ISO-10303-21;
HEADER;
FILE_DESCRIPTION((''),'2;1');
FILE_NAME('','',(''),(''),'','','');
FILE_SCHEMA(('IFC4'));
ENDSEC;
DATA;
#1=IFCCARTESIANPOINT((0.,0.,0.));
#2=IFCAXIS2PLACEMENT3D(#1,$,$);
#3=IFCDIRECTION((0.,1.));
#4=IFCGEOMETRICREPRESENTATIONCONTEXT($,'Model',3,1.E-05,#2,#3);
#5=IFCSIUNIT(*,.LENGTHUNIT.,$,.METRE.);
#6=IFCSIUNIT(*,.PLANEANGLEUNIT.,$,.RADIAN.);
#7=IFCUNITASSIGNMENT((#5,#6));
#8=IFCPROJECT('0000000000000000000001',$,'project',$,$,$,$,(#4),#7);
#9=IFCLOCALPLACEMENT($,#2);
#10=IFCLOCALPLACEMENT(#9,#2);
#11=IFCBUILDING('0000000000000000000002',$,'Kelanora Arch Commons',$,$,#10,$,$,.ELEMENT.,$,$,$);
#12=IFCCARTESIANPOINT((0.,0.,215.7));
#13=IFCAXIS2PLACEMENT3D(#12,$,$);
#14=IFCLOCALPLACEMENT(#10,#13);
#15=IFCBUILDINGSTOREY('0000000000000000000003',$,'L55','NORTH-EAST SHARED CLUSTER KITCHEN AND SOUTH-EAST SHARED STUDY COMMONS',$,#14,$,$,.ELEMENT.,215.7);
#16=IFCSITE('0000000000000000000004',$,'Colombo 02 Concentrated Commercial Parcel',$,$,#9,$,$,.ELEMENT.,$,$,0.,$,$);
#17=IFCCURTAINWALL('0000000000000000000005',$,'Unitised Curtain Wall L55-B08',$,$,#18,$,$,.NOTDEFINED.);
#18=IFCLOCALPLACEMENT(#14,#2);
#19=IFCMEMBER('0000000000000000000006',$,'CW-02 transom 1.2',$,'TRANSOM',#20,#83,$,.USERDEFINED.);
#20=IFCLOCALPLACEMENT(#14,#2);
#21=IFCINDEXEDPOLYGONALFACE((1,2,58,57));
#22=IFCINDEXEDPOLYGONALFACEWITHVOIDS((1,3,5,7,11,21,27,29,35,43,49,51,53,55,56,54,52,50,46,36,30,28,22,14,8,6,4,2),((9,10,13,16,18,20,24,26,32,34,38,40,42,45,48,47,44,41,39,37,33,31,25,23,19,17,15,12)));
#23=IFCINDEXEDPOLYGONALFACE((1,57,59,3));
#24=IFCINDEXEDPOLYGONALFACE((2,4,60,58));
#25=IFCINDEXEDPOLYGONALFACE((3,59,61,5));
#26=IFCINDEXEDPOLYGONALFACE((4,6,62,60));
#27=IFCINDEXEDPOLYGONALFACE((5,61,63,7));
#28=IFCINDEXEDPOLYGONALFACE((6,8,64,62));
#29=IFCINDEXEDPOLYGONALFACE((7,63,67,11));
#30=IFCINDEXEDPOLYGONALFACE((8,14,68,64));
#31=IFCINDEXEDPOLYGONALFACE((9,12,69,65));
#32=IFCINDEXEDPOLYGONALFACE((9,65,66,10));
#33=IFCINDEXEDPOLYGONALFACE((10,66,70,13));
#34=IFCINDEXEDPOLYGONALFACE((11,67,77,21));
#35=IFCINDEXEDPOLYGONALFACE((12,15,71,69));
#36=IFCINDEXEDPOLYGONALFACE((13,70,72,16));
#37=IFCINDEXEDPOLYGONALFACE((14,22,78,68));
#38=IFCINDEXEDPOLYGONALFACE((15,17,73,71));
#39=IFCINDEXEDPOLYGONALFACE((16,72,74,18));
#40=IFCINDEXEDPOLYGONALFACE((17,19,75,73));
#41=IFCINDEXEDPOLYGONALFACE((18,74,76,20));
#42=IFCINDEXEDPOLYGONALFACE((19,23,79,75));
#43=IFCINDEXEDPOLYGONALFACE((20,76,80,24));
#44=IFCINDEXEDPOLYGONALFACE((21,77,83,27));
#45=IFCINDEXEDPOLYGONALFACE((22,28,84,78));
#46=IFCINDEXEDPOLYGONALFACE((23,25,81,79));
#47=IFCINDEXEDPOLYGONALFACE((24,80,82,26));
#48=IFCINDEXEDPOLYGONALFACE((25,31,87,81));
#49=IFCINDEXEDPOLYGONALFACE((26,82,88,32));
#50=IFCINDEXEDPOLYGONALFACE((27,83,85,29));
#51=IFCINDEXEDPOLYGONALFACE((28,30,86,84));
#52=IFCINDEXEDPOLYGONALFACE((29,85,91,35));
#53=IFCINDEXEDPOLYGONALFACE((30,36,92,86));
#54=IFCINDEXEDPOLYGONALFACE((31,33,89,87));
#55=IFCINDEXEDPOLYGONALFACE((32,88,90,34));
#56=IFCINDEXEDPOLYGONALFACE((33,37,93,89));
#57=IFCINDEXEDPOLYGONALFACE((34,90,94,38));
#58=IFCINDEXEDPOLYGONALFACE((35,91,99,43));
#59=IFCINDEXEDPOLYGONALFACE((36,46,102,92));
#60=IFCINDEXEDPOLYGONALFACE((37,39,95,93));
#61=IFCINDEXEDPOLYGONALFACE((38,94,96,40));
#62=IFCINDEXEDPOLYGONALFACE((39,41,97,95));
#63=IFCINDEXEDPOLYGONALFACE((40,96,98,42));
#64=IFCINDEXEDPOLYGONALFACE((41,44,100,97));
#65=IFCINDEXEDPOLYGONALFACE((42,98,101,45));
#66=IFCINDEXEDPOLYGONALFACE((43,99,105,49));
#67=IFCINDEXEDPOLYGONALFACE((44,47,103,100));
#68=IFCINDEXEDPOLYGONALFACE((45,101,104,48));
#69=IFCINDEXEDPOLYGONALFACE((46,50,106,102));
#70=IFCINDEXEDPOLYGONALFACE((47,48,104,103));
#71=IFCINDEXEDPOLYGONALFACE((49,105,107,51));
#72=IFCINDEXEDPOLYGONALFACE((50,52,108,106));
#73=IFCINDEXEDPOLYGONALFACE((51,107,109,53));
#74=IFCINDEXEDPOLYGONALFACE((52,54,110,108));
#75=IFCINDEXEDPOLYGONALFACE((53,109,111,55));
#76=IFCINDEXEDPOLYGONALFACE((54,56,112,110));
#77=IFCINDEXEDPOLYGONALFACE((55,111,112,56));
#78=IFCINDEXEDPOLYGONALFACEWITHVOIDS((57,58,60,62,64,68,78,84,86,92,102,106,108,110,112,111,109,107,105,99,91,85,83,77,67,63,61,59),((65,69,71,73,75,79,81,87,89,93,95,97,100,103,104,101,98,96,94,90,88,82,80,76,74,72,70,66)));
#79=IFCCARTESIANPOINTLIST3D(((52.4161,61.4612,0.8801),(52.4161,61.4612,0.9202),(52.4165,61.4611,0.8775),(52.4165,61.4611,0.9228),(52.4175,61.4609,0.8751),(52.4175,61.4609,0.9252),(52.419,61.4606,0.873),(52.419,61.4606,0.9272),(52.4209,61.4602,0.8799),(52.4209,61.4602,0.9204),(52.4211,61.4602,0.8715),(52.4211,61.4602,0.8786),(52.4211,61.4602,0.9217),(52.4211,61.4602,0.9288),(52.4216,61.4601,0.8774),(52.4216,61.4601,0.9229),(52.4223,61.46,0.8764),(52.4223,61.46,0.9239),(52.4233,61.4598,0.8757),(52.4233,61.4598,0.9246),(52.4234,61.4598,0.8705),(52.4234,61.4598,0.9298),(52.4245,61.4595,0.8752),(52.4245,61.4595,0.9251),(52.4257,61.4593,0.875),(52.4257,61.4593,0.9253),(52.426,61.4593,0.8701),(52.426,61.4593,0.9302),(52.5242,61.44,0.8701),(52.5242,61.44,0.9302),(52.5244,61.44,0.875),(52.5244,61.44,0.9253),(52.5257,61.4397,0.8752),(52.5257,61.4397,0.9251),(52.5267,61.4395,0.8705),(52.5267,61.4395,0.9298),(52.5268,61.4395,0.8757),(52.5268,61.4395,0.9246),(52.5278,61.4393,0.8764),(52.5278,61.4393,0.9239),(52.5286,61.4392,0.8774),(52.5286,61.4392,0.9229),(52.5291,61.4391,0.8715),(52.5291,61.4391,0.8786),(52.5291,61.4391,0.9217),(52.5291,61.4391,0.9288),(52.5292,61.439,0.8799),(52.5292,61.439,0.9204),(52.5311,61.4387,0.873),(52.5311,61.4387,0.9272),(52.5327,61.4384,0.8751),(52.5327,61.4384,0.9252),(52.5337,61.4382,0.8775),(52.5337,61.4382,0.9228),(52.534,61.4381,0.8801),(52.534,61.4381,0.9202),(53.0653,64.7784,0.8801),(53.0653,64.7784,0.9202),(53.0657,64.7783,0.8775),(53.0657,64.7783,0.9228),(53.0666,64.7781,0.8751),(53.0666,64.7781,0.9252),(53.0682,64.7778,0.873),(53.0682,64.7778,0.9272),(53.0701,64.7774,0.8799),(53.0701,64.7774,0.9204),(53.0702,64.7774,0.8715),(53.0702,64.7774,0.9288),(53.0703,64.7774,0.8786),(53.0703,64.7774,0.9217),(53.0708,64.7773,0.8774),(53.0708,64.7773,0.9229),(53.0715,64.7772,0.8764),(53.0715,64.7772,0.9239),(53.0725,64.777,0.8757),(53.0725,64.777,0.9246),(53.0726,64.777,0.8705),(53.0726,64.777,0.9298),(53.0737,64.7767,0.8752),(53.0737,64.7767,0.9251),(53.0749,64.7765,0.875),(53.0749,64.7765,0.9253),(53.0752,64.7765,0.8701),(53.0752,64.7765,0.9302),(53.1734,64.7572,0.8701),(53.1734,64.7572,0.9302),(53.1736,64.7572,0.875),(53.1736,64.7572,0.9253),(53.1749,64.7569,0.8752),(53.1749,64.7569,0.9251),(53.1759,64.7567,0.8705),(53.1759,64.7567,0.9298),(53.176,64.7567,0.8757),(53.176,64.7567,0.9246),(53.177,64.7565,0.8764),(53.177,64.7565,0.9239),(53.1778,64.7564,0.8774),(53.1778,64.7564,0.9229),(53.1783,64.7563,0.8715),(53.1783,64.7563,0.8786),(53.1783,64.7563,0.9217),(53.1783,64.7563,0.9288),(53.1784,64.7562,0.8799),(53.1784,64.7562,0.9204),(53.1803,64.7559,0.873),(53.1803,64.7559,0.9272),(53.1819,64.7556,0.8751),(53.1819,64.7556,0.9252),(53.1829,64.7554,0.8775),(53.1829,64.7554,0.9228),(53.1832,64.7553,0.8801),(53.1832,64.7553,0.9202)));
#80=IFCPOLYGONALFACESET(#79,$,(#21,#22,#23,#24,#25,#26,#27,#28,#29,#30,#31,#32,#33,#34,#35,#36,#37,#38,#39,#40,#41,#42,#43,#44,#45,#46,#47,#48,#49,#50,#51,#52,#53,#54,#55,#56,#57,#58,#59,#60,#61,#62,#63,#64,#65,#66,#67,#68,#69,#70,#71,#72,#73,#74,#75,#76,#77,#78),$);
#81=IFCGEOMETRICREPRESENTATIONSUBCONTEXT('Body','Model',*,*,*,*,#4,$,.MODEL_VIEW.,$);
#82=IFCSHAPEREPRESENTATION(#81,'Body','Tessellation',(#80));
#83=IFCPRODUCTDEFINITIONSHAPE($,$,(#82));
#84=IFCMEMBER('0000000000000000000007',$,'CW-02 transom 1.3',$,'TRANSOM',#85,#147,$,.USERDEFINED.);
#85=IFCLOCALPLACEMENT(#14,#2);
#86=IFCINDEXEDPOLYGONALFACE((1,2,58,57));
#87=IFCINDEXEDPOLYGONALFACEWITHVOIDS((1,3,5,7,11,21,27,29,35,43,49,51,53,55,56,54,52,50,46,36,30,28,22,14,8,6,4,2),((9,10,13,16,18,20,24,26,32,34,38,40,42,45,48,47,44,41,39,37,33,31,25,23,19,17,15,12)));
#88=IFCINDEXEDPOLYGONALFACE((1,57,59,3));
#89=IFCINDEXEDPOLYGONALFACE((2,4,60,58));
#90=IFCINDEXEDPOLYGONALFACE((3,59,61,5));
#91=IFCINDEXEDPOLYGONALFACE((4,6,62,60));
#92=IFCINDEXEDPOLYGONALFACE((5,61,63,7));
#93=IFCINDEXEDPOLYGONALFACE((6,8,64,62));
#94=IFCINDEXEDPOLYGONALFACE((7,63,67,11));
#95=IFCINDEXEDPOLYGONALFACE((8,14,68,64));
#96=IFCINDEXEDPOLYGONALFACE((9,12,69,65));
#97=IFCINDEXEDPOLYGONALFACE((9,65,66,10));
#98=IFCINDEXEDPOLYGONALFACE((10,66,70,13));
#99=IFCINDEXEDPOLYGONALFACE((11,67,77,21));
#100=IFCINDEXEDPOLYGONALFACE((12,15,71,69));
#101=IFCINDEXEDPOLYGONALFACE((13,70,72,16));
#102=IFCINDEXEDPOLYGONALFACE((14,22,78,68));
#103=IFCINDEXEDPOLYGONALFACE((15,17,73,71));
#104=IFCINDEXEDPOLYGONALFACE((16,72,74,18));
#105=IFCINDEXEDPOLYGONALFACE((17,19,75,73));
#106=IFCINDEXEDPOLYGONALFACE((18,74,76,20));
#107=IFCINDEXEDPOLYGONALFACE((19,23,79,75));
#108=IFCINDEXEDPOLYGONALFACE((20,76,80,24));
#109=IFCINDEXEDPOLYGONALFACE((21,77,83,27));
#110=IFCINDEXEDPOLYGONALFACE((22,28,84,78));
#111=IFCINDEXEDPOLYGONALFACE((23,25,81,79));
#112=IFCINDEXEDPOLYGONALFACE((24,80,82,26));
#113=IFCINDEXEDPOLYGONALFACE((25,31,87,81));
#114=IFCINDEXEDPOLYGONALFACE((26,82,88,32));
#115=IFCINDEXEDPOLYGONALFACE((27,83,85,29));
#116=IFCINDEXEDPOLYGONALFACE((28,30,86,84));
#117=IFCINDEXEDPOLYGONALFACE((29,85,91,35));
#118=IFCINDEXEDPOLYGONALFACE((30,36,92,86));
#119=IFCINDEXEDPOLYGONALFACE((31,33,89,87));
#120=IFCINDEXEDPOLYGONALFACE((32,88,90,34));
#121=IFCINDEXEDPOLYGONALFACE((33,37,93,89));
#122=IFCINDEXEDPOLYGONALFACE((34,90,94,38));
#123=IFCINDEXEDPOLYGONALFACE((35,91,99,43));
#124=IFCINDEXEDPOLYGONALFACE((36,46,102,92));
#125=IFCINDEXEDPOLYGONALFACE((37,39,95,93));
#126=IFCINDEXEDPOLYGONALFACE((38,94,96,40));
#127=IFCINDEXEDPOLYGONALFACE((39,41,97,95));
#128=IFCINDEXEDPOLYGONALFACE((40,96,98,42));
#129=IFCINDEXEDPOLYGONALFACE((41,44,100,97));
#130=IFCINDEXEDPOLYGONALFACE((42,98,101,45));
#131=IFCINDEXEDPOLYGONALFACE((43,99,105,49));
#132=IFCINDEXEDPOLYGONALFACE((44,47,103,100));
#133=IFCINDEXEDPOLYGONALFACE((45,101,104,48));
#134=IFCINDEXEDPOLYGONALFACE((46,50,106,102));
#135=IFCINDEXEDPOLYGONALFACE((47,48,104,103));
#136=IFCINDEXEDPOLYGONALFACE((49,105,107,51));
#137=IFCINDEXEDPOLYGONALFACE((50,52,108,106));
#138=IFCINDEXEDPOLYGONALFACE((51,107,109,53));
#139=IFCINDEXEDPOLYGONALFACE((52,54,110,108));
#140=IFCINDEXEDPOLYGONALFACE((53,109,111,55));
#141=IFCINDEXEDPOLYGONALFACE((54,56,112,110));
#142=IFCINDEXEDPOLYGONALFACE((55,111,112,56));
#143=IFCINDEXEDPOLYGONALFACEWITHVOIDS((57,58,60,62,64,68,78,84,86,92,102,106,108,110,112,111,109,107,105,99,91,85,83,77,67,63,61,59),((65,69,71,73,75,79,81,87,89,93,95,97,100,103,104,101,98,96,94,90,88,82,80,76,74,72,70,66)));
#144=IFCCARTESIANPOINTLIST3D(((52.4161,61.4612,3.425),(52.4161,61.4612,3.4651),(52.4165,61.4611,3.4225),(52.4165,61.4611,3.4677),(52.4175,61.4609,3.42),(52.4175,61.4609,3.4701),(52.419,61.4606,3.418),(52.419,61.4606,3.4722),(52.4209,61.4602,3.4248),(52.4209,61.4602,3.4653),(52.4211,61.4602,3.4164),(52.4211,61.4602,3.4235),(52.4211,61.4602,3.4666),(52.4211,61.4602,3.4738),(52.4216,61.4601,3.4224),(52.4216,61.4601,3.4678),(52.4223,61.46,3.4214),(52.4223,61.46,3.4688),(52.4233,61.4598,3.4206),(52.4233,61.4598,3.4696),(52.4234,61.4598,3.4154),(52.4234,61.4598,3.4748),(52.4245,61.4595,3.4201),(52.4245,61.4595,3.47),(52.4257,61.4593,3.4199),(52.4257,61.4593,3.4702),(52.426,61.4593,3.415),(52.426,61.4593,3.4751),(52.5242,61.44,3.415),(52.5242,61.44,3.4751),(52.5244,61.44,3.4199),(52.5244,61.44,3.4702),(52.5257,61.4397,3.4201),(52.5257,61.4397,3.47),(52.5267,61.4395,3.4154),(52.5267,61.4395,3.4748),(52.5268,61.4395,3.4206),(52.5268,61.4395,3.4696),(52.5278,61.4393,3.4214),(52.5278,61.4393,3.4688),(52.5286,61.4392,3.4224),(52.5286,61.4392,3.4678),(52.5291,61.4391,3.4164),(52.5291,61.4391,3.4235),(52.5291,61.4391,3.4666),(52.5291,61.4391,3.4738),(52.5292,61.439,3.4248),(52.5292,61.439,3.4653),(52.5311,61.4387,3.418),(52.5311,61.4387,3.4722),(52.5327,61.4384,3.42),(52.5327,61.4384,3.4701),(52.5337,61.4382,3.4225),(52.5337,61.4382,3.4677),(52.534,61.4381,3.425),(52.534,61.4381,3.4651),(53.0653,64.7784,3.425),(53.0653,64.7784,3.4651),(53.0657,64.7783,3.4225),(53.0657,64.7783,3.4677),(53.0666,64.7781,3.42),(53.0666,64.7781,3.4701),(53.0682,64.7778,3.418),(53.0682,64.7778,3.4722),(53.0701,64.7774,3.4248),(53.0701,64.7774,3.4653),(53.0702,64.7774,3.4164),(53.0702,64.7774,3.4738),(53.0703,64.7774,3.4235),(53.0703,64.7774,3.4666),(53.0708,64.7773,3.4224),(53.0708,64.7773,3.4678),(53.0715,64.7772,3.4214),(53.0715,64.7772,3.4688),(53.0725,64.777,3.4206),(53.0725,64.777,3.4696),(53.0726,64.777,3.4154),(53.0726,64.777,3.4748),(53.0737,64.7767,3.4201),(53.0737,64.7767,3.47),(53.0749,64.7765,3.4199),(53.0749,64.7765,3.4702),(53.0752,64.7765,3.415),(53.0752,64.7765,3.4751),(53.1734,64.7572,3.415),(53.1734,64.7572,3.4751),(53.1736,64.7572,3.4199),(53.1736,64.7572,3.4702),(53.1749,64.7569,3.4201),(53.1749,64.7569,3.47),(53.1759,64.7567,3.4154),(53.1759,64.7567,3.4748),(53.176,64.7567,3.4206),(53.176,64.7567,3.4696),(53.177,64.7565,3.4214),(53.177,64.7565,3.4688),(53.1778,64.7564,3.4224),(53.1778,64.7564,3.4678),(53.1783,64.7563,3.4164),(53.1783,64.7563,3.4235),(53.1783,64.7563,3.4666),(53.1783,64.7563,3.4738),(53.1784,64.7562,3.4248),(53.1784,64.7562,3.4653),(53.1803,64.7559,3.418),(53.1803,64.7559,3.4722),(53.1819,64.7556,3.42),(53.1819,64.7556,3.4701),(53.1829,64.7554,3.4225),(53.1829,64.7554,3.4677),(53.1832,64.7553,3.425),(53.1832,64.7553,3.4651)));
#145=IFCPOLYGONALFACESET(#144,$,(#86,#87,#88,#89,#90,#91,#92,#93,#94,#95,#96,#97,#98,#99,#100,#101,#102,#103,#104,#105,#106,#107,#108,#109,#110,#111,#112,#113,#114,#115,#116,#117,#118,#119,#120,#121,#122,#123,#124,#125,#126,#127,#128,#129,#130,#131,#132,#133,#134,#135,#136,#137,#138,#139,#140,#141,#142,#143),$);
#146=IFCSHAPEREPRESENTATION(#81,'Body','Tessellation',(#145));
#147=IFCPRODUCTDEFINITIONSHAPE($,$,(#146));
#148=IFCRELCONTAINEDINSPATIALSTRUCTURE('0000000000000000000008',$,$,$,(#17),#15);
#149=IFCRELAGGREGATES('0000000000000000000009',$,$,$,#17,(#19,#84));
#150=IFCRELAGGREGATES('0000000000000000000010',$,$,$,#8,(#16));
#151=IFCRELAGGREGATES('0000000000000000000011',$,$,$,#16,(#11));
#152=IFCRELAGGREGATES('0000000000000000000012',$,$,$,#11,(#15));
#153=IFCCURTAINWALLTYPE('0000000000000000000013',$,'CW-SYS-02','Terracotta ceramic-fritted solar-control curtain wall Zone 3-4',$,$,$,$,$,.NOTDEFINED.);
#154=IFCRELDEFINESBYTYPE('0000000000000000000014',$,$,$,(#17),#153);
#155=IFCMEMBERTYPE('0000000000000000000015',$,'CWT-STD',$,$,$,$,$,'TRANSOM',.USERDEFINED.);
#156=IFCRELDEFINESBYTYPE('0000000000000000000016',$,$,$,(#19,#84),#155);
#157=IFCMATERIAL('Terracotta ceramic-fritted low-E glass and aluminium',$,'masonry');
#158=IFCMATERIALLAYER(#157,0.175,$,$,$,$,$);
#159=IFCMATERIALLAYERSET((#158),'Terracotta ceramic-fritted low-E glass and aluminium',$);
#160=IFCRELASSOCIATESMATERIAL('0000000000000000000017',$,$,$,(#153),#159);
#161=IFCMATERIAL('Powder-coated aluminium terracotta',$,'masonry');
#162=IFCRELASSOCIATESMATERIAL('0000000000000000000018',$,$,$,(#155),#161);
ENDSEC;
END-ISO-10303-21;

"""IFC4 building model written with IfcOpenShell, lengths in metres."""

from ifc_helpers import new_model, si_unit, direction, frame, origin, origin_2d, place, context, subcontext, project, spatial, hollow_rectangle, extrude, material, layer, layer_set, material_profile, profile_set, type_object, element, aggregate, save


model = new_model("IFC4")

# Units and contexts
model_context = context("Model", 3, precision=1e-05, world=origin(), true_north=direction((0.0, 1.0)))
body_context = subcontext(model_context, "Body", "Model", "MODEL_VIEW")
ifc_project = project(units=[si_unit("LENGTHUNIT", "METRE"), si_unit("PLANEANGLEUNIT", "RADIAN")], contexts=[model_context])

# Site, building, storey
site_placement = place(None, origin())
site = spatial("IfcSite", under=ifc_project, at=site_placement, Name="Colombo 02 Concentrated Commercial Parcel", CompositionType="ELEMENT", RefElevation=0.0)
building_placement = place(site_placement, origin())
building = spatial("IfcBuilding", under=site, at=building_placement, Name="Kelanora Arch Commons", CompositionType="ELEMENT")
storey_placement = place(building_placement, frame((0.0, 0.0, 215.7)))
storey = spatial("IfcBuildingStorey", under=building, at=storey_placement, Name="L55", Description="NORTH-EAST SHARED CLUSTER KITCHEN AND SOUTH-EAST SHARED STUDY COMMONS", CompositionType="ELEMENT", Elevation=215.7)

# Curtain wall, members
ifc_material_1 = material(Name="Terracotta ceramic-fritted low-E glass and aluminium", Category="masonry")
ifc_layer_1 = layer(ifc_material_1, 0.175)
ifc_layer_set_1 = layer_set([ifc_layer_1], Name="Terracotta ceramic-fritted low-E glass and aluminium")
curtain_wall_type = type_object("IfcCurtainWallType", Name="CW-SYS-02", Description="Terracotta ceramic-fritted solar-control curtain wall Zone 3-4", PredefinedType="NOTDEFINED", material=ifc_layer_set_1)
curtain_wall_placement = place(storey_placement, origin())
curtain_wall = element("IfcCurtainWall", 1, at=curtain_wall_placement, inside=storey, type_object=curtain_wall_type, Name="Unitised Curtain Wall L55-B08", PredefinedType="NOTDEFINED")
ifc_material_2 = material(Name="Powder-coated aluminium terracotta", Category="masonry")
ifc_material_profile_1 = material_profile(ifc_material_2, hollow_rectangle(XDim=0.1201, YDim=0.0601, WallThickness=0.0049, InnerFilletRadius=0.0049, OuterFilletRadius=0.01, at=origin_2d()), Name="CWT120x60")
ifc_profile_set_1 = profile_set([ifc_material_profile_1], Name="Powder-coated aluminium terracotta")
member_type_1 = type_object("IfcMemberType", Name="CWT-STD", ElementType="TRANSOM", PredefinedType="USERDEFINED", material=ifc_profile_set_1)
member_1_placement = place(storey_placement, frame((53.1243, 64.7668, 0.9001), z_axis=(-0.192058, -0.981383, 0.0), x_axis=(0.981383, -0.192058, 0.0)))
member_1 = element("IfcMember", 2, at=member_1_placement, type_object=member_type_1, Name="CW-02 transom 1.2", ObjectType="TRANSOM", PredefinedType="USERDEFINED", context=body_context, shape_type="SweptSolid", body=[
    extrude(hollow_rectangle(XDim=0.1201, YDim=0.0601, WallThickness=0.0049, InnerFilletRadius=0.0049, OuterFilletRadius=0.01, at=origin_2d()), origin(), (0.0, 0.0, 1.0), 3.3801),
])
member_2_placement = place(storey_placement, frame((53.1243, 64.7668, 3.4451), z_axis=(-0.192058, -0.981383, 0.0), x_axis=(0.981383, -0.192058, 0.0)))
member_2 = element("IfcMember", 3, at=member_2_placement, type_object=member_type_1, Name="CW-02 transom 1.3", ObjectType="TRANSOM", PredefinedType="USERDEFINED", context=body_context, shape_type="SweptSolid", body=[
    extrude(hollow_rectangle(XDim=0.1201, YDim=0.0601, WallThickness=0.0049, InnerFilletRadius=0.0049, OuterFilletRadius=0.01, at=origin_2d()), origin(), (0.0, 0.0, 1.0), 3.3801),
])
aggregate(curtain_wall, [member_1, member_2])

save(model, "model.ifc")
